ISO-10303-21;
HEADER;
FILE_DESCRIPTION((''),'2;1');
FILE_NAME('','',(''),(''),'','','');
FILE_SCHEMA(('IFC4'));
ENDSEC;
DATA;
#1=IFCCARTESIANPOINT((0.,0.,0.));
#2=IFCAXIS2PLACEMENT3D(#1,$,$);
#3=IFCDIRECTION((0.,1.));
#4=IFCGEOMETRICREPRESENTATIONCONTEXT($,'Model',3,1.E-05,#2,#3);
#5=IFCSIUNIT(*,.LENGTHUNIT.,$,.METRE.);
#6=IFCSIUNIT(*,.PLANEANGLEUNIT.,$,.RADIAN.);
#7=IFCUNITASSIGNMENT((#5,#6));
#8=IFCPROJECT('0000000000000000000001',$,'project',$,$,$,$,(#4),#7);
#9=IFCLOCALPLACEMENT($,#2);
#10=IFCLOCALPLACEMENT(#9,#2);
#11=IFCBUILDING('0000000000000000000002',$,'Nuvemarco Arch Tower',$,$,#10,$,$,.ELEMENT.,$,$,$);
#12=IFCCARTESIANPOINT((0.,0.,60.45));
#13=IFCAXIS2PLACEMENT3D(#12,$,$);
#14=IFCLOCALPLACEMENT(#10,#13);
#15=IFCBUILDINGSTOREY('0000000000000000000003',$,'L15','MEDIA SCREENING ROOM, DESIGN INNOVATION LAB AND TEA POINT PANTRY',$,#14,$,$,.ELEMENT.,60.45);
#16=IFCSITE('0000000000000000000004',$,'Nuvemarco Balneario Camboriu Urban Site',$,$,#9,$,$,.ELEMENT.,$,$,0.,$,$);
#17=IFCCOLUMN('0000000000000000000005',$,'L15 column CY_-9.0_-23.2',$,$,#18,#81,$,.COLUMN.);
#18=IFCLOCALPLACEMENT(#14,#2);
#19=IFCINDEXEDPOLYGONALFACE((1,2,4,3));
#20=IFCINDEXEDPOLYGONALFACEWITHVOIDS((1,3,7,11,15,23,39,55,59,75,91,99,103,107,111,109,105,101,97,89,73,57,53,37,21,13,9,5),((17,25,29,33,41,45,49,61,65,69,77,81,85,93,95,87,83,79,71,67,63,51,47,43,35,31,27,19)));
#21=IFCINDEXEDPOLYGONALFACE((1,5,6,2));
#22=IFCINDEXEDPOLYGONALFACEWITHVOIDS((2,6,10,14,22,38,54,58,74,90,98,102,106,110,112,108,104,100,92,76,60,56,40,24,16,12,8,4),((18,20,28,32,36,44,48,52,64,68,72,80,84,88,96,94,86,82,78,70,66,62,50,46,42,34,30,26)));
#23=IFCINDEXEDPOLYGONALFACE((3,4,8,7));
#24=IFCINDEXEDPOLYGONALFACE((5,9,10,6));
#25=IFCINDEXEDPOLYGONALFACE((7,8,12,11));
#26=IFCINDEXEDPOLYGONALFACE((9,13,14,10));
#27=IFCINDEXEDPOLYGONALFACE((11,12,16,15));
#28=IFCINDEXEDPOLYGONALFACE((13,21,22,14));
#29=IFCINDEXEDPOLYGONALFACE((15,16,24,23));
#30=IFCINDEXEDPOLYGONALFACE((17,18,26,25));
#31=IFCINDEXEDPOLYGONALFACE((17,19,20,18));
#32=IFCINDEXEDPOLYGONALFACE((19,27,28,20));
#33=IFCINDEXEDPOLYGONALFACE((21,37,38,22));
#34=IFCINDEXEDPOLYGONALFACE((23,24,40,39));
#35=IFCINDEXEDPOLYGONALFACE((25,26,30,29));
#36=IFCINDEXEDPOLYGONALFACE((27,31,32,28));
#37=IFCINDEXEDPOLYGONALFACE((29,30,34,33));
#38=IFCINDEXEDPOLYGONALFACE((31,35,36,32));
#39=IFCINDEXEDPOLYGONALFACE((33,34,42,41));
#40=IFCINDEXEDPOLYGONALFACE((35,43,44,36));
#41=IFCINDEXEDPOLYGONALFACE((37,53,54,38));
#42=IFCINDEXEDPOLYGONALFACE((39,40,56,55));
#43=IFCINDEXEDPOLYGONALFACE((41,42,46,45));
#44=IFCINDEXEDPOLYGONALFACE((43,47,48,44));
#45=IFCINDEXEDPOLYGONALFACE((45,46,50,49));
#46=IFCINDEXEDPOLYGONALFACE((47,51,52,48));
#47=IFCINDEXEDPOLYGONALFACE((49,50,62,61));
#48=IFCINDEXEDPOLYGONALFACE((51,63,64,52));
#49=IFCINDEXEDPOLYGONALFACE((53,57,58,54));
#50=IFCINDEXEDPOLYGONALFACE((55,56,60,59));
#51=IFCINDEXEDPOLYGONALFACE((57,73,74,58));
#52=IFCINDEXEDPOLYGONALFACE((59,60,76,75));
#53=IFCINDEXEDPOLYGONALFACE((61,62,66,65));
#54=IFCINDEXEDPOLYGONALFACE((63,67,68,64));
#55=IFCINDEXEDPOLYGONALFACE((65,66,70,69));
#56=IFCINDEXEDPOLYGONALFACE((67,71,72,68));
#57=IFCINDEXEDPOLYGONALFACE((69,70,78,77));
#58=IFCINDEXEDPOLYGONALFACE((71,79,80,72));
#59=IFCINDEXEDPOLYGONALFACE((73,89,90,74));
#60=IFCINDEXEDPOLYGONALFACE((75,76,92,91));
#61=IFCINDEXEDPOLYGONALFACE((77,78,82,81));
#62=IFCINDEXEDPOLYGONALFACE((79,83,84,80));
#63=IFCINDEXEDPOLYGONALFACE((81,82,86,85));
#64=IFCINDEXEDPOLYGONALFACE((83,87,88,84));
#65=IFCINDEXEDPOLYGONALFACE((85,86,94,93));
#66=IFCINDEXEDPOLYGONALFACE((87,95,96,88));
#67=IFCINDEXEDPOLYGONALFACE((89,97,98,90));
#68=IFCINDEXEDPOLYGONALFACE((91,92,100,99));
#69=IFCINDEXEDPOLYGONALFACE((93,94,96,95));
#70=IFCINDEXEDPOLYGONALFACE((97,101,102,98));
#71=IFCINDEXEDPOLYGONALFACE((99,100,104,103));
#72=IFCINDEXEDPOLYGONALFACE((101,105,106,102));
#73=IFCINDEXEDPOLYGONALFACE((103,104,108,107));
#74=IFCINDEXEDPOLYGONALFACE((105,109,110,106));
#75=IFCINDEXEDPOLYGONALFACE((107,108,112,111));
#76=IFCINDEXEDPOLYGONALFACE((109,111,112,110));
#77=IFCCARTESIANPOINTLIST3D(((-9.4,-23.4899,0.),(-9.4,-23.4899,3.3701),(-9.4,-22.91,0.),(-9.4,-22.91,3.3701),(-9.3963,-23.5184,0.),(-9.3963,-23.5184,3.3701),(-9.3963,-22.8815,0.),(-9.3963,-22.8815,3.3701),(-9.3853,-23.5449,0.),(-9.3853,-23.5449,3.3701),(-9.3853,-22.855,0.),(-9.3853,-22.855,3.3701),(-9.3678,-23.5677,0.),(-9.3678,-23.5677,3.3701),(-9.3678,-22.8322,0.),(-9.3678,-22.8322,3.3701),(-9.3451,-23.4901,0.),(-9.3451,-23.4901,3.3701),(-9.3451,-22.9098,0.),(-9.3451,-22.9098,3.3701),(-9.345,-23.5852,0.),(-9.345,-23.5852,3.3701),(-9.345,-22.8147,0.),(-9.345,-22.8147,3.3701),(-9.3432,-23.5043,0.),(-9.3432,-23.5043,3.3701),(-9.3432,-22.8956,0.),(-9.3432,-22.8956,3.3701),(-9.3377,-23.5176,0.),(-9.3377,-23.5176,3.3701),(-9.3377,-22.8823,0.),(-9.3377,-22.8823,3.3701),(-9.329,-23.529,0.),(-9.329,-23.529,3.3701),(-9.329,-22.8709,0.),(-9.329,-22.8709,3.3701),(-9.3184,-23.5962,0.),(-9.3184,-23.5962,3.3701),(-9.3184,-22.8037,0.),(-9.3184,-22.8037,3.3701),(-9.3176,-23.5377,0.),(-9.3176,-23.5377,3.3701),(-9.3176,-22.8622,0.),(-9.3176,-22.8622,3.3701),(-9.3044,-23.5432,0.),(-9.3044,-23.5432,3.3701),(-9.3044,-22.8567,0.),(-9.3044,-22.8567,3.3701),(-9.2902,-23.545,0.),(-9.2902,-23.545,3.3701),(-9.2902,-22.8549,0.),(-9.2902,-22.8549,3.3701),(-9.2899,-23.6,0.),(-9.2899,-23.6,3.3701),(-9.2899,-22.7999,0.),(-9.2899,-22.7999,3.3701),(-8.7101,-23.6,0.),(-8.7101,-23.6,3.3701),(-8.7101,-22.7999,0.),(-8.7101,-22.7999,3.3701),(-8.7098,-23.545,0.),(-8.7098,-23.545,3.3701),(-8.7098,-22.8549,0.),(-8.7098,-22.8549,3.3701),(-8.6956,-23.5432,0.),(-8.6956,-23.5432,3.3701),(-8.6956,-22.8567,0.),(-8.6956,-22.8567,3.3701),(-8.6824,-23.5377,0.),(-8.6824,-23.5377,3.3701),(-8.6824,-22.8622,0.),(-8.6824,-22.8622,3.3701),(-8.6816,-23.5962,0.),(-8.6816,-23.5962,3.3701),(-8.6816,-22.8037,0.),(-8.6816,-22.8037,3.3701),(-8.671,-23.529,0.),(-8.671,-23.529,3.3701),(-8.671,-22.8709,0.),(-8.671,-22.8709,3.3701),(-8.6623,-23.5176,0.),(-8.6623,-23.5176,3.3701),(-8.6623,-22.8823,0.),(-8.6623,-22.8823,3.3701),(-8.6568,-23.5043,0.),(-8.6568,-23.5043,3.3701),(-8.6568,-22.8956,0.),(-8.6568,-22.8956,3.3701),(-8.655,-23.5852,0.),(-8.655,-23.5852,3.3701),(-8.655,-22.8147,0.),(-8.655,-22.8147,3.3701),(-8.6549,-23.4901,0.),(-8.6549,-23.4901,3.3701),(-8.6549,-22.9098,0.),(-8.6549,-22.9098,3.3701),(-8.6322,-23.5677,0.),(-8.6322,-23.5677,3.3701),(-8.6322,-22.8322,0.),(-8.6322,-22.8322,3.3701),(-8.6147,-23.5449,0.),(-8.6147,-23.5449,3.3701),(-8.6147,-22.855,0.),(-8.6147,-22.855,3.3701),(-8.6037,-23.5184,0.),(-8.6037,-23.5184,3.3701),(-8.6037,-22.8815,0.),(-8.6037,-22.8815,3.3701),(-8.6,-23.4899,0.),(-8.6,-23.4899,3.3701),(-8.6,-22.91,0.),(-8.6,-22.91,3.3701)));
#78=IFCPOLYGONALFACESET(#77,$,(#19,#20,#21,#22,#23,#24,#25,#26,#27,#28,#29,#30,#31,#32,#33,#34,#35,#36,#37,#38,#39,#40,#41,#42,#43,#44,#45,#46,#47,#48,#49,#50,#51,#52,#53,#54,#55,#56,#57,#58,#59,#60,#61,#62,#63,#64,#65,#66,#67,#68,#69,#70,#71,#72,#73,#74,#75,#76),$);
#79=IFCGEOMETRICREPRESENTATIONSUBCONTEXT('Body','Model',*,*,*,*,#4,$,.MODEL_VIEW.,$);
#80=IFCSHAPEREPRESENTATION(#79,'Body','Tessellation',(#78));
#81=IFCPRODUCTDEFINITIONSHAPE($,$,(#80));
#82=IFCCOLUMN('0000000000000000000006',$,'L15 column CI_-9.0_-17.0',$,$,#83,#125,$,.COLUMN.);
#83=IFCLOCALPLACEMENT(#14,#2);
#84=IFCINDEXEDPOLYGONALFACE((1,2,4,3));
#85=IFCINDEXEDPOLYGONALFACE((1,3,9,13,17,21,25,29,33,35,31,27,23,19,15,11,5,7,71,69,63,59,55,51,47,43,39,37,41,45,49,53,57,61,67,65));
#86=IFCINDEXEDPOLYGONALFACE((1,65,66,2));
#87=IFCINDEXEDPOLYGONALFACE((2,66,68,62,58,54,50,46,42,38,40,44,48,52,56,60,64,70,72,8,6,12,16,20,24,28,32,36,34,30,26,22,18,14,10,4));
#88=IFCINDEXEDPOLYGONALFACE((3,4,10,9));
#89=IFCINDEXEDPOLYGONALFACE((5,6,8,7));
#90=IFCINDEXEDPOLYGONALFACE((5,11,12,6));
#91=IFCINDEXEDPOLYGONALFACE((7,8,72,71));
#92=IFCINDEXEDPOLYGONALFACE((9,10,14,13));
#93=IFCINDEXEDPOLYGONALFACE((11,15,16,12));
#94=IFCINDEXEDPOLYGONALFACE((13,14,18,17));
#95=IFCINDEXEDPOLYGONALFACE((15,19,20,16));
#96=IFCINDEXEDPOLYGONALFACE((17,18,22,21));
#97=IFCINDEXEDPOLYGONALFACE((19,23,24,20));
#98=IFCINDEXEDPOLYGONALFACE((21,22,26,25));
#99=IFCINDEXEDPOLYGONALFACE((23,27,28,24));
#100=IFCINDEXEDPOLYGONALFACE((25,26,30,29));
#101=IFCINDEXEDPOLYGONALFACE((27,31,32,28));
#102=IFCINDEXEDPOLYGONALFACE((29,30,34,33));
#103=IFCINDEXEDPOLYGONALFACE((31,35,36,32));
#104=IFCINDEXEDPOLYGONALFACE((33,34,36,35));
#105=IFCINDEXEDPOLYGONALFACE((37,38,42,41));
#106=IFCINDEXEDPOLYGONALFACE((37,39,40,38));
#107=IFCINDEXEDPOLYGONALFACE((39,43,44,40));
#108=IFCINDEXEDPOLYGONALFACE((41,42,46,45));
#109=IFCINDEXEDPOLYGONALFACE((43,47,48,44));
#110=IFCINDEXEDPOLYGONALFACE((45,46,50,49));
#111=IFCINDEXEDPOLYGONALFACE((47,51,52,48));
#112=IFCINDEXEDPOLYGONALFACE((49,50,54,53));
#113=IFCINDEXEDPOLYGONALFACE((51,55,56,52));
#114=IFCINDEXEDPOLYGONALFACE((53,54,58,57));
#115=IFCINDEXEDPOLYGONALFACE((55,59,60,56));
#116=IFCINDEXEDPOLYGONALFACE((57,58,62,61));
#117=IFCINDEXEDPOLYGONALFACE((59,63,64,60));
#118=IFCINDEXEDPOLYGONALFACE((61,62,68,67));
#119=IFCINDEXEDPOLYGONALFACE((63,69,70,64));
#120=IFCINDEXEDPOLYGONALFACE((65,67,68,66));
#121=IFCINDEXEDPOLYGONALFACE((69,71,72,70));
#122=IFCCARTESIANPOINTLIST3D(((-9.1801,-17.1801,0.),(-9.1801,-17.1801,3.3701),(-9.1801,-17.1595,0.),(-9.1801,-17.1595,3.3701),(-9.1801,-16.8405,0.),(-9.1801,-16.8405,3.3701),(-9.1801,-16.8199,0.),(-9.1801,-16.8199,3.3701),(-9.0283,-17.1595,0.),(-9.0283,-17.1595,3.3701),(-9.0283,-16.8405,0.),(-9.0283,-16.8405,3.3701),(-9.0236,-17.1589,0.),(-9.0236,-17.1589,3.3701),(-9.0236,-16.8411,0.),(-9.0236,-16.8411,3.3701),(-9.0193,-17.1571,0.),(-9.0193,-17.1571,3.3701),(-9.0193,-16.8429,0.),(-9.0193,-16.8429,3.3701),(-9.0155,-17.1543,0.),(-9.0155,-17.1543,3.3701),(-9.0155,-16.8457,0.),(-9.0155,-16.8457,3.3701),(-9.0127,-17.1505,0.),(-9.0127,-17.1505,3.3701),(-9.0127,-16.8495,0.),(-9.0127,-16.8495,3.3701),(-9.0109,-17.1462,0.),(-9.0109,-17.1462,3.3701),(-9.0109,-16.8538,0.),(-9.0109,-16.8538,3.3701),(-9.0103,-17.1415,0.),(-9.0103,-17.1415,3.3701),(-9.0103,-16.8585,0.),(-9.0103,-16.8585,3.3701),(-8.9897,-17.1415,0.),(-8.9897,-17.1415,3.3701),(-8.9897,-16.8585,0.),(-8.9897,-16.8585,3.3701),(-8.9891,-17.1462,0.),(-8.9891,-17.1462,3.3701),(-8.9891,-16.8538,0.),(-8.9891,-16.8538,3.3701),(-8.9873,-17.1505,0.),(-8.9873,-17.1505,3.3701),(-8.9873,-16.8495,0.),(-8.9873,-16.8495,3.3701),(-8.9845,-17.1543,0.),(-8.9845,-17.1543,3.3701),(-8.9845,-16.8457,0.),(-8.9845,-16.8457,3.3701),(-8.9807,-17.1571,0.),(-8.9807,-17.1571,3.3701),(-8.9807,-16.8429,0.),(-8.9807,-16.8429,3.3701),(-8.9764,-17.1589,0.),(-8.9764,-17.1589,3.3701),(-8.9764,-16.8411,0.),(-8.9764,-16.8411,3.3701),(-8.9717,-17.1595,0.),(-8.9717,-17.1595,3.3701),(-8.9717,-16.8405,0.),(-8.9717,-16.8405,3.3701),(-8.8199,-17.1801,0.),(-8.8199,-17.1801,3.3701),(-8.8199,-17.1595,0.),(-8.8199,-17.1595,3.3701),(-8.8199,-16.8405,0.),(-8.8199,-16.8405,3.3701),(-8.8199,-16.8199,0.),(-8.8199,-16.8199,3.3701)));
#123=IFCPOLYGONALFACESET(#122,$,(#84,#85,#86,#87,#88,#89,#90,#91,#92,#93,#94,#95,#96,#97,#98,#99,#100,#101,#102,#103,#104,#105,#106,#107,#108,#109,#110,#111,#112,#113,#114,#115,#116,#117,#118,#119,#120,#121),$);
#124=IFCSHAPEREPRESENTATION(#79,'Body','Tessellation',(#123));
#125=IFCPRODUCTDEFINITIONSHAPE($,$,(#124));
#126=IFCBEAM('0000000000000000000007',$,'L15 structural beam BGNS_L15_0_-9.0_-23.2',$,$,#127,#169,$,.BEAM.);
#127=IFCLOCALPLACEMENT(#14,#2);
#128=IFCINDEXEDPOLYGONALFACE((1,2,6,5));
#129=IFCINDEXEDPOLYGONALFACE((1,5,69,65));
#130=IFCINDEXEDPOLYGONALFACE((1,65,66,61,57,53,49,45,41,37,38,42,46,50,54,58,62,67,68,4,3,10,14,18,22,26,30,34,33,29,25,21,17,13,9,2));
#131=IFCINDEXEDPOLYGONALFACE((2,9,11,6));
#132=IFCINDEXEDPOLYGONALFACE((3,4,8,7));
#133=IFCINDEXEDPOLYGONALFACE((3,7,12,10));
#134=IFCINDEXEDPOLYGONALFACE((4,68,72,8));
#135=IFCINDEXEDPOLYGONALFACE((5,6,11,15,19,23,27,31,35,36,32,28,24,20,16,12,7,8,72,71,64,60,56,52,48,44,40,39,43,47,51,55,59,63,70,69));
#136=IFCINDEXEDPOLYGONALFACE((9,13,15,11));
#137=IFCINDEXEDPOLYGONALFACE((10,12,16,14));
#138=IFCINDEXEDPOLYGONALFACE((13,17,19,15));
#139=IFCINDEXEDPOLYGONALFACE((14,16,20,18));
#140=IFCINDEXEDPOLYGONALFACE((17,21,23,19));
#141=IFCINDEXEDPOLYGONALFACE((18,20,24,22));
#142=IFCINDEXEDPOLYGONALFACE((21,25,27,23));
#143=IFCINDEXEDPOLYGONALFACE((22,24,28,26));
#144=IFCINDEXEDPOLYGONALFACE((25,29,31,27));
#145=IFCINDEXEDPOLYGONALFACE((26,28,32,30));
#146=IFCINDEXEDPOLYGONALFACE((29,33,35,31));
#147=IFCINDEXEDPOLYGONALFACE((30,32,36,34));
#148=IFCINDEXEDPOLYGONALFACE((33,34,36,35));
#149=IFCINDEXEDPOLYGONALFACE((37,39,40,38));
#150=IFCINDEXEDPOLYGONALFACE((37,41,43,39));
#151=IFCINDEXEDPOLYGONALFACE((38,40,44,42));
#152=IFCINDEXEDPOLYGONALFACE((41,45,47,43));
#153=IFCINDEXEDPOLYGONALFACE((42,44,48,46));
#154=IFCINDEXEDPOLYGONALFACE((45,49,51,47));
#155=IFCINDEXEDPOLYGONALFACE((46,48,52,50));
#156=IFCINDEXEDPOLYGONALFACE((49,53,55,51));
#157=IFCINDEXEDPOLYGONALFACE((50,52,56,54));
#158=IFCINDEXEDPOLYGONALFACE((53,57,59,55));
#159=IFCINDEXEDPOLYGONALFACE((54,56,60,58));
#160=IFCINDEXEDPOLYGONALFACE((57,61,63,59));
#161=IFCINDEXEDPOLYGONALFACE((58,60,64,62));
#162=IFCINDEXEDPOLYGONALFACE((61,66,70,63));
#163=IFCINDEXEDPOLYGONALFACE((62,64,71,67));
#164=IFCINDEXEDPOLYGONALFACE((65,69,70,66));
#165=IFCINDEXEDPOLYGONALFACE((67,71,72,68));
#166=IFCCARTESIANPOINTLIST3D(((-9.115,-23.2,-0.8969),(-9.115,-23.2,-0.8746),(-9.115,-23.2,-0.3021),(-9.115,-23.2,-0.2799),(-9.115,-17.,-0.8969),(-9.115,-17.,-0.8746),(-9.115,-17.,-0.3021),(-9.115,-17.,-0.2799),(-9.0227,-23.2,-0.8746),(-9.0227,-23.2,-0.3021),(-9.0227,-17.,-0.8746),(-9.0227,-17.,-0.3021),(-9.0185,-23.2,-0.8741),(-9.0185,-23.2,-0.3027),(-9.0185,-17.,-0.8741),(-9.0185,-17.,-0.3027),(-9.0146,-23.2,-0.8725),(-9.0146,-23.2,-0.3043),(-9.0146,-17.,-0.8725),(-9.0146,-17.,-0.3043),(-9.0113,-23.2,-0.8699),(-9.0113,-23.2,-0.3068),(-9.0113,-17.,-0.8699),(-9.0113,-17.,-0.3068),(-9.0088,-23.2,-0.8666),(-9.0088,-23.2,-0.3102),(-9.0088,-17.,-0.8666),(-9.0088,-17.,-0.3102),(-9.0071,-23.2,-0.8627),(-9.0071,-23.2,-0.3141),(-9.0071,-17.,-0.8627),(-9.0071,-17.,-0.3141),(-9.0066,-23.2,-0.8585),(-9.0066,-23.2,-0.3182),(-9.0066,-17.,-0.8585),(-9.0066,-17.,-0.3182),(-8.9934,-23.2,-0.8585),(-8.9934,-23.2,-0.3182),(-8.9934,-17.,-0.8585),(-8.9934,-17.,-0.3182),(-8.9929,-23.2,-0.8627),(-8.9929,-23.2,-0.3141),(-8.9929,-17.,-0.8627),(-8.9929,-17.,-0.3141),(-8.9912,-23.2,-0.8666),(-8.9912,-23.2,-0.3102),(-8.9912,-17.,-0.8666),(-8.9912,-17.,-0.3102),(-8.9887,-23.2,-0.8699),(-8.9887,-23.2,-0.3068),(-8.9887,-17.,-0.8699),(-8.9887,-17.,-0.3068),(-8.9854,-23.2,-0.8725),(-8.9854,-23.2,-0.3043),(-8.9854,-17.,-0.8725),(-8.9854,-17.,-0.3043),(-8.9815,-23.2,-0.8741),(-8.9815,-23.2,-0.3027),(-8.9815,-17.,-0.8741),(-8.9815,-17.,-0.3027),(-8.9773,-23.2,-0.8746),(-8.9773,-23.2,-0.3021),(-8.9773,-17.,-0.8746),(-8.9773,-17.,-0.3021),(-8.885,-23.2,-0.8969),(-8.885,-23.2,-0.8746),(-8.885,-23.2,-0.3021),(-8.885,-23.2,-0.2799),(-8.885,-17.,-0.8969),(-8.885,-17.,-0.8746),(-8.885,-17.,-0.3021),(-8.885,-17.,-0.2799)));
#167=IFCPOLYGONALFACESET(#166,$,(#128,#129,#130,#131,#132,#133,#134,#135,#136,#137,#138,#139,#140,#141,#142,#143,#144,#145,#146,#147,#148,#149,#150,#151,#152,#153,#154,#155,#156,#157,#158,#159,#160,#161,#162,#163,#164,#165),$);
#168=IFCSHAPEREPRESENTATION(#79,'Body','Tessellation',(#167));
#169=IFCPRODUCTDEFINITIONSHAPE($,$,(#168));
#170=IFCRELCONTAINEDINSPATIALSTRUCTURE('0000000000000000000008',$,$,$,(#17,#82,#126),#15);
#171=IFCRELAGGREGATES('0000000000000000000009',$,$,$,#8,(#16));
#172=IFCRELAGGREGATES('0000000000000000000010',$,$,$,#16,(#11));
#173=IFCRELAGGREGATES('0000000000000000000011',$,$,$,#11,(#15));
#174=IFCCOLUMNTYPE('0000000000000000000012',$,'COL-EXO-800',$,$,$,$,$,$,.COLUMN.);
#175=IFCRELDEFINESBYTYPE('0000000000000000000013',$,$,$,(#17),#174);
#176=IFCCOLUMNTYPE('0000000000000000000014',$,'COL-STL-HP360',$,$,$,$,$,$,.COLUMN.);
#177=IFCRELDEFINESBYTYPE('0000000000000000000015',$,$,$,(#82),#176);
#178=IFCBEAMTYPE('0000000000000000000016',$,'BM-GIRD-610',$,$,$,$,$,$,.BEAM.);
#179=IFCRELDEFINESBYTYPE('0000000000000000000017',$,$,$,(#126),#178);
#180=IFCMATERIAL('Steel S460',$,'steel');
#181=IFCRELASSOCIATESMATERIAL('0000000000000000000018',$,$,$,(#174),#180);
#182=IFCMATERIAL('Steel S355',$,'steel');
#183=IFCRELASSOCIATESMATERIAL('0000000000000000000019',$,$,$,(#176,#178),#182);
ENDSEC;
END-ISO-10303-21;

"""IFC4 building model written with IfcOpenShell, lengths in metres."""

from ifc_helpers import new_model, si_unit, direction, frame, origin, origin_2d, place, context, subcontext, project, spatial, hollow_rectangle, i_section, extrude, material, material_profile, profile_set, type_object, element, save


model = new_model("IFC4")

# Units and contexts
model_context = context("Model", 3, precision=1e-05, world=origin(), true_north=direction((0.0, 1.0)))
body_context = subcontext(model_context, "Body", "Model", "MODEL_VIEW")
ifc_project = project(units=[si_unit("LENGTHUNIT", "METRE"), si_unit("PLANEANGLEUNIT", "RADIAN")], contexts=[model_context])

# Site, building, storey
site_placement = place(None, origin())
site = spatial("IfcSite", under=ifc_project, at=site_placement, Name="Nuvemarco Balneario Camboriu Urban Site", CompositionType="ELEMENT", RefElevation=0.0)
building_placement = place(site_placement, origin())
building = spatial("IfcBuilding", under=site, at=building_placement, Name="Nuvemarco Arch Tower", CompositionType="ELEMENT")
storey_placement = place(building_placement, frame((0.0, 0.0, 60.45)))
storey = spatial("IfcBuildingStorey", under=building, at=storey_placement, Name="L15", Description="MEDIA SCREENING ROOM, DESIGN INNOVATION LAB AND TEA POINT PANTRY", CompositionType="ELEMENT", Elevation=60.45)

# Columns
ifc_material_1 = material(Name="Steel S460", Category="steel")
ifc_material_profile_1 = material_profile(ifc_material_1, hollow_rectangle(XDim=0.8, YDim=0.8, WallThickness=0.0549, InnerFilletRadius=0.0549, OuterFilletRadius=0.1101, at=origin_2d()), Name="SHS800x800x55")
ifc_profile_set_1 = profile_set([ifc_material_profile_1], Name="Steel S460")
column_type_1 = type_object("IfcColumnType", Name="COL-EXO-800", PredefinedType="COLUMN", material=ifc_profile_set_1)
column_1_placement = place(storey_placement, frame((-9.0, -23.2, 0.0), z_axis=(0.0, 0.0, 1.0), x_axis=(1.0, 0.0, 0.0)))
element("IfcColumn", 1, at=column_1_placement, inside=storey, type_object=column_type_1, Name="L15 column CY_-9.0_-23.2", PredefinedType="COLUMN", context=body_context, shape_type="SweptSolid", body=[
    extrude(hollow_rectangle(XDim=0.8, YDim=0.8, WallThickness=0.0549, InnerFilletRadius=0.0549, OuterFilletRadius=0.1101, at=origin_2d()), origin(), (0.0, 0.0, 1.0), 3.3701),
])
ifc_material_2 = material(Name="Steel S355", Category="steel")
ifc_material_profile_2 = material_profile(ifc_material_2, i_section(OverallWidth=0.3601, OverallDepth=0.3601, WebThickness=0.0205, FlangeThickness=0.0205, FilletRadius=0.0181, at=origin_2d()), Name="HP360x174")
ifc_profile_set_2 = profile_set([ifc_material_profile_2], Name="Steel S355")
column_type_2 = type_object("IfcColumnType", Name="COL-STL-HP360", PredefinedType="COLUMN", material=ifc_profile_set_2)
column_2_placement = place(storey_placement, frame((-9.0, -17.0, 0.0), z_axis=(0.0, 0.0, 1.0), x_axis=(1.0, 0.0, 0.0)))
element("IfcColumn", 2, at=column_2_placement, inside=storey, type_object=column_type_2, Name="L15 column CI_-9.0_-17.0", PredefinedType="COLUMN", context=body_context, shape_type="SweptSolid", body=[
    extrude(i_section(OverallWidth=0.3601, OverallDepth=0.3601, WebThickness=0.0205, FlangeThickness=0.0205, FilletRadius=0.0181, at=origin_2d()), origin(), (0.0, 0.0, 1.0), 3.3701),
])

# Beam
ifc_material_profile_3 = material_profile(ifc_material_2, i_section(OverallWidth=0.23, OverallDepth=0.6169, WebThickness=0.0132, FlangeThickness=0.0222, FilletRadius=0.0161, at=origin_2d()), Name="W610x140")
ifc_profile_set_3 = profile_set([ifc_material_profile_3], Name="Steel S355")
beam_type_1 = type_object("IfcBeamType", Name="BM-GIRD-610", PredefinedType="BEAM", material=ifc_profile_set_3)
beam_1_placement = place(storey_placement, frame((-9.0, -23.2, -0.5884), z_axis=(0.0, 1.0, 0.0), x_axis=(-1.0, 0.0, 0.0)))
element("IfcBeam", 3, at=beam_1_placement, inside=storey, type_object=beam_type_1, Name="L15 structural beam BGNS_L15_0_-9.0_-23.2", PredefinedType="BEAM", context=body_context, shape_type="SweptSolid", body=[
    extrude(i_section(OverallWidth=0.23, OverallDepth=0.6169, WebThickness=0.0132, FlangeThickness=0.0222, FilletRadius=0.0161, at=origin_2d()), origin(), (0.0, 0.0, 1.0), 6.2),
])

save(model, "model.ifc")
